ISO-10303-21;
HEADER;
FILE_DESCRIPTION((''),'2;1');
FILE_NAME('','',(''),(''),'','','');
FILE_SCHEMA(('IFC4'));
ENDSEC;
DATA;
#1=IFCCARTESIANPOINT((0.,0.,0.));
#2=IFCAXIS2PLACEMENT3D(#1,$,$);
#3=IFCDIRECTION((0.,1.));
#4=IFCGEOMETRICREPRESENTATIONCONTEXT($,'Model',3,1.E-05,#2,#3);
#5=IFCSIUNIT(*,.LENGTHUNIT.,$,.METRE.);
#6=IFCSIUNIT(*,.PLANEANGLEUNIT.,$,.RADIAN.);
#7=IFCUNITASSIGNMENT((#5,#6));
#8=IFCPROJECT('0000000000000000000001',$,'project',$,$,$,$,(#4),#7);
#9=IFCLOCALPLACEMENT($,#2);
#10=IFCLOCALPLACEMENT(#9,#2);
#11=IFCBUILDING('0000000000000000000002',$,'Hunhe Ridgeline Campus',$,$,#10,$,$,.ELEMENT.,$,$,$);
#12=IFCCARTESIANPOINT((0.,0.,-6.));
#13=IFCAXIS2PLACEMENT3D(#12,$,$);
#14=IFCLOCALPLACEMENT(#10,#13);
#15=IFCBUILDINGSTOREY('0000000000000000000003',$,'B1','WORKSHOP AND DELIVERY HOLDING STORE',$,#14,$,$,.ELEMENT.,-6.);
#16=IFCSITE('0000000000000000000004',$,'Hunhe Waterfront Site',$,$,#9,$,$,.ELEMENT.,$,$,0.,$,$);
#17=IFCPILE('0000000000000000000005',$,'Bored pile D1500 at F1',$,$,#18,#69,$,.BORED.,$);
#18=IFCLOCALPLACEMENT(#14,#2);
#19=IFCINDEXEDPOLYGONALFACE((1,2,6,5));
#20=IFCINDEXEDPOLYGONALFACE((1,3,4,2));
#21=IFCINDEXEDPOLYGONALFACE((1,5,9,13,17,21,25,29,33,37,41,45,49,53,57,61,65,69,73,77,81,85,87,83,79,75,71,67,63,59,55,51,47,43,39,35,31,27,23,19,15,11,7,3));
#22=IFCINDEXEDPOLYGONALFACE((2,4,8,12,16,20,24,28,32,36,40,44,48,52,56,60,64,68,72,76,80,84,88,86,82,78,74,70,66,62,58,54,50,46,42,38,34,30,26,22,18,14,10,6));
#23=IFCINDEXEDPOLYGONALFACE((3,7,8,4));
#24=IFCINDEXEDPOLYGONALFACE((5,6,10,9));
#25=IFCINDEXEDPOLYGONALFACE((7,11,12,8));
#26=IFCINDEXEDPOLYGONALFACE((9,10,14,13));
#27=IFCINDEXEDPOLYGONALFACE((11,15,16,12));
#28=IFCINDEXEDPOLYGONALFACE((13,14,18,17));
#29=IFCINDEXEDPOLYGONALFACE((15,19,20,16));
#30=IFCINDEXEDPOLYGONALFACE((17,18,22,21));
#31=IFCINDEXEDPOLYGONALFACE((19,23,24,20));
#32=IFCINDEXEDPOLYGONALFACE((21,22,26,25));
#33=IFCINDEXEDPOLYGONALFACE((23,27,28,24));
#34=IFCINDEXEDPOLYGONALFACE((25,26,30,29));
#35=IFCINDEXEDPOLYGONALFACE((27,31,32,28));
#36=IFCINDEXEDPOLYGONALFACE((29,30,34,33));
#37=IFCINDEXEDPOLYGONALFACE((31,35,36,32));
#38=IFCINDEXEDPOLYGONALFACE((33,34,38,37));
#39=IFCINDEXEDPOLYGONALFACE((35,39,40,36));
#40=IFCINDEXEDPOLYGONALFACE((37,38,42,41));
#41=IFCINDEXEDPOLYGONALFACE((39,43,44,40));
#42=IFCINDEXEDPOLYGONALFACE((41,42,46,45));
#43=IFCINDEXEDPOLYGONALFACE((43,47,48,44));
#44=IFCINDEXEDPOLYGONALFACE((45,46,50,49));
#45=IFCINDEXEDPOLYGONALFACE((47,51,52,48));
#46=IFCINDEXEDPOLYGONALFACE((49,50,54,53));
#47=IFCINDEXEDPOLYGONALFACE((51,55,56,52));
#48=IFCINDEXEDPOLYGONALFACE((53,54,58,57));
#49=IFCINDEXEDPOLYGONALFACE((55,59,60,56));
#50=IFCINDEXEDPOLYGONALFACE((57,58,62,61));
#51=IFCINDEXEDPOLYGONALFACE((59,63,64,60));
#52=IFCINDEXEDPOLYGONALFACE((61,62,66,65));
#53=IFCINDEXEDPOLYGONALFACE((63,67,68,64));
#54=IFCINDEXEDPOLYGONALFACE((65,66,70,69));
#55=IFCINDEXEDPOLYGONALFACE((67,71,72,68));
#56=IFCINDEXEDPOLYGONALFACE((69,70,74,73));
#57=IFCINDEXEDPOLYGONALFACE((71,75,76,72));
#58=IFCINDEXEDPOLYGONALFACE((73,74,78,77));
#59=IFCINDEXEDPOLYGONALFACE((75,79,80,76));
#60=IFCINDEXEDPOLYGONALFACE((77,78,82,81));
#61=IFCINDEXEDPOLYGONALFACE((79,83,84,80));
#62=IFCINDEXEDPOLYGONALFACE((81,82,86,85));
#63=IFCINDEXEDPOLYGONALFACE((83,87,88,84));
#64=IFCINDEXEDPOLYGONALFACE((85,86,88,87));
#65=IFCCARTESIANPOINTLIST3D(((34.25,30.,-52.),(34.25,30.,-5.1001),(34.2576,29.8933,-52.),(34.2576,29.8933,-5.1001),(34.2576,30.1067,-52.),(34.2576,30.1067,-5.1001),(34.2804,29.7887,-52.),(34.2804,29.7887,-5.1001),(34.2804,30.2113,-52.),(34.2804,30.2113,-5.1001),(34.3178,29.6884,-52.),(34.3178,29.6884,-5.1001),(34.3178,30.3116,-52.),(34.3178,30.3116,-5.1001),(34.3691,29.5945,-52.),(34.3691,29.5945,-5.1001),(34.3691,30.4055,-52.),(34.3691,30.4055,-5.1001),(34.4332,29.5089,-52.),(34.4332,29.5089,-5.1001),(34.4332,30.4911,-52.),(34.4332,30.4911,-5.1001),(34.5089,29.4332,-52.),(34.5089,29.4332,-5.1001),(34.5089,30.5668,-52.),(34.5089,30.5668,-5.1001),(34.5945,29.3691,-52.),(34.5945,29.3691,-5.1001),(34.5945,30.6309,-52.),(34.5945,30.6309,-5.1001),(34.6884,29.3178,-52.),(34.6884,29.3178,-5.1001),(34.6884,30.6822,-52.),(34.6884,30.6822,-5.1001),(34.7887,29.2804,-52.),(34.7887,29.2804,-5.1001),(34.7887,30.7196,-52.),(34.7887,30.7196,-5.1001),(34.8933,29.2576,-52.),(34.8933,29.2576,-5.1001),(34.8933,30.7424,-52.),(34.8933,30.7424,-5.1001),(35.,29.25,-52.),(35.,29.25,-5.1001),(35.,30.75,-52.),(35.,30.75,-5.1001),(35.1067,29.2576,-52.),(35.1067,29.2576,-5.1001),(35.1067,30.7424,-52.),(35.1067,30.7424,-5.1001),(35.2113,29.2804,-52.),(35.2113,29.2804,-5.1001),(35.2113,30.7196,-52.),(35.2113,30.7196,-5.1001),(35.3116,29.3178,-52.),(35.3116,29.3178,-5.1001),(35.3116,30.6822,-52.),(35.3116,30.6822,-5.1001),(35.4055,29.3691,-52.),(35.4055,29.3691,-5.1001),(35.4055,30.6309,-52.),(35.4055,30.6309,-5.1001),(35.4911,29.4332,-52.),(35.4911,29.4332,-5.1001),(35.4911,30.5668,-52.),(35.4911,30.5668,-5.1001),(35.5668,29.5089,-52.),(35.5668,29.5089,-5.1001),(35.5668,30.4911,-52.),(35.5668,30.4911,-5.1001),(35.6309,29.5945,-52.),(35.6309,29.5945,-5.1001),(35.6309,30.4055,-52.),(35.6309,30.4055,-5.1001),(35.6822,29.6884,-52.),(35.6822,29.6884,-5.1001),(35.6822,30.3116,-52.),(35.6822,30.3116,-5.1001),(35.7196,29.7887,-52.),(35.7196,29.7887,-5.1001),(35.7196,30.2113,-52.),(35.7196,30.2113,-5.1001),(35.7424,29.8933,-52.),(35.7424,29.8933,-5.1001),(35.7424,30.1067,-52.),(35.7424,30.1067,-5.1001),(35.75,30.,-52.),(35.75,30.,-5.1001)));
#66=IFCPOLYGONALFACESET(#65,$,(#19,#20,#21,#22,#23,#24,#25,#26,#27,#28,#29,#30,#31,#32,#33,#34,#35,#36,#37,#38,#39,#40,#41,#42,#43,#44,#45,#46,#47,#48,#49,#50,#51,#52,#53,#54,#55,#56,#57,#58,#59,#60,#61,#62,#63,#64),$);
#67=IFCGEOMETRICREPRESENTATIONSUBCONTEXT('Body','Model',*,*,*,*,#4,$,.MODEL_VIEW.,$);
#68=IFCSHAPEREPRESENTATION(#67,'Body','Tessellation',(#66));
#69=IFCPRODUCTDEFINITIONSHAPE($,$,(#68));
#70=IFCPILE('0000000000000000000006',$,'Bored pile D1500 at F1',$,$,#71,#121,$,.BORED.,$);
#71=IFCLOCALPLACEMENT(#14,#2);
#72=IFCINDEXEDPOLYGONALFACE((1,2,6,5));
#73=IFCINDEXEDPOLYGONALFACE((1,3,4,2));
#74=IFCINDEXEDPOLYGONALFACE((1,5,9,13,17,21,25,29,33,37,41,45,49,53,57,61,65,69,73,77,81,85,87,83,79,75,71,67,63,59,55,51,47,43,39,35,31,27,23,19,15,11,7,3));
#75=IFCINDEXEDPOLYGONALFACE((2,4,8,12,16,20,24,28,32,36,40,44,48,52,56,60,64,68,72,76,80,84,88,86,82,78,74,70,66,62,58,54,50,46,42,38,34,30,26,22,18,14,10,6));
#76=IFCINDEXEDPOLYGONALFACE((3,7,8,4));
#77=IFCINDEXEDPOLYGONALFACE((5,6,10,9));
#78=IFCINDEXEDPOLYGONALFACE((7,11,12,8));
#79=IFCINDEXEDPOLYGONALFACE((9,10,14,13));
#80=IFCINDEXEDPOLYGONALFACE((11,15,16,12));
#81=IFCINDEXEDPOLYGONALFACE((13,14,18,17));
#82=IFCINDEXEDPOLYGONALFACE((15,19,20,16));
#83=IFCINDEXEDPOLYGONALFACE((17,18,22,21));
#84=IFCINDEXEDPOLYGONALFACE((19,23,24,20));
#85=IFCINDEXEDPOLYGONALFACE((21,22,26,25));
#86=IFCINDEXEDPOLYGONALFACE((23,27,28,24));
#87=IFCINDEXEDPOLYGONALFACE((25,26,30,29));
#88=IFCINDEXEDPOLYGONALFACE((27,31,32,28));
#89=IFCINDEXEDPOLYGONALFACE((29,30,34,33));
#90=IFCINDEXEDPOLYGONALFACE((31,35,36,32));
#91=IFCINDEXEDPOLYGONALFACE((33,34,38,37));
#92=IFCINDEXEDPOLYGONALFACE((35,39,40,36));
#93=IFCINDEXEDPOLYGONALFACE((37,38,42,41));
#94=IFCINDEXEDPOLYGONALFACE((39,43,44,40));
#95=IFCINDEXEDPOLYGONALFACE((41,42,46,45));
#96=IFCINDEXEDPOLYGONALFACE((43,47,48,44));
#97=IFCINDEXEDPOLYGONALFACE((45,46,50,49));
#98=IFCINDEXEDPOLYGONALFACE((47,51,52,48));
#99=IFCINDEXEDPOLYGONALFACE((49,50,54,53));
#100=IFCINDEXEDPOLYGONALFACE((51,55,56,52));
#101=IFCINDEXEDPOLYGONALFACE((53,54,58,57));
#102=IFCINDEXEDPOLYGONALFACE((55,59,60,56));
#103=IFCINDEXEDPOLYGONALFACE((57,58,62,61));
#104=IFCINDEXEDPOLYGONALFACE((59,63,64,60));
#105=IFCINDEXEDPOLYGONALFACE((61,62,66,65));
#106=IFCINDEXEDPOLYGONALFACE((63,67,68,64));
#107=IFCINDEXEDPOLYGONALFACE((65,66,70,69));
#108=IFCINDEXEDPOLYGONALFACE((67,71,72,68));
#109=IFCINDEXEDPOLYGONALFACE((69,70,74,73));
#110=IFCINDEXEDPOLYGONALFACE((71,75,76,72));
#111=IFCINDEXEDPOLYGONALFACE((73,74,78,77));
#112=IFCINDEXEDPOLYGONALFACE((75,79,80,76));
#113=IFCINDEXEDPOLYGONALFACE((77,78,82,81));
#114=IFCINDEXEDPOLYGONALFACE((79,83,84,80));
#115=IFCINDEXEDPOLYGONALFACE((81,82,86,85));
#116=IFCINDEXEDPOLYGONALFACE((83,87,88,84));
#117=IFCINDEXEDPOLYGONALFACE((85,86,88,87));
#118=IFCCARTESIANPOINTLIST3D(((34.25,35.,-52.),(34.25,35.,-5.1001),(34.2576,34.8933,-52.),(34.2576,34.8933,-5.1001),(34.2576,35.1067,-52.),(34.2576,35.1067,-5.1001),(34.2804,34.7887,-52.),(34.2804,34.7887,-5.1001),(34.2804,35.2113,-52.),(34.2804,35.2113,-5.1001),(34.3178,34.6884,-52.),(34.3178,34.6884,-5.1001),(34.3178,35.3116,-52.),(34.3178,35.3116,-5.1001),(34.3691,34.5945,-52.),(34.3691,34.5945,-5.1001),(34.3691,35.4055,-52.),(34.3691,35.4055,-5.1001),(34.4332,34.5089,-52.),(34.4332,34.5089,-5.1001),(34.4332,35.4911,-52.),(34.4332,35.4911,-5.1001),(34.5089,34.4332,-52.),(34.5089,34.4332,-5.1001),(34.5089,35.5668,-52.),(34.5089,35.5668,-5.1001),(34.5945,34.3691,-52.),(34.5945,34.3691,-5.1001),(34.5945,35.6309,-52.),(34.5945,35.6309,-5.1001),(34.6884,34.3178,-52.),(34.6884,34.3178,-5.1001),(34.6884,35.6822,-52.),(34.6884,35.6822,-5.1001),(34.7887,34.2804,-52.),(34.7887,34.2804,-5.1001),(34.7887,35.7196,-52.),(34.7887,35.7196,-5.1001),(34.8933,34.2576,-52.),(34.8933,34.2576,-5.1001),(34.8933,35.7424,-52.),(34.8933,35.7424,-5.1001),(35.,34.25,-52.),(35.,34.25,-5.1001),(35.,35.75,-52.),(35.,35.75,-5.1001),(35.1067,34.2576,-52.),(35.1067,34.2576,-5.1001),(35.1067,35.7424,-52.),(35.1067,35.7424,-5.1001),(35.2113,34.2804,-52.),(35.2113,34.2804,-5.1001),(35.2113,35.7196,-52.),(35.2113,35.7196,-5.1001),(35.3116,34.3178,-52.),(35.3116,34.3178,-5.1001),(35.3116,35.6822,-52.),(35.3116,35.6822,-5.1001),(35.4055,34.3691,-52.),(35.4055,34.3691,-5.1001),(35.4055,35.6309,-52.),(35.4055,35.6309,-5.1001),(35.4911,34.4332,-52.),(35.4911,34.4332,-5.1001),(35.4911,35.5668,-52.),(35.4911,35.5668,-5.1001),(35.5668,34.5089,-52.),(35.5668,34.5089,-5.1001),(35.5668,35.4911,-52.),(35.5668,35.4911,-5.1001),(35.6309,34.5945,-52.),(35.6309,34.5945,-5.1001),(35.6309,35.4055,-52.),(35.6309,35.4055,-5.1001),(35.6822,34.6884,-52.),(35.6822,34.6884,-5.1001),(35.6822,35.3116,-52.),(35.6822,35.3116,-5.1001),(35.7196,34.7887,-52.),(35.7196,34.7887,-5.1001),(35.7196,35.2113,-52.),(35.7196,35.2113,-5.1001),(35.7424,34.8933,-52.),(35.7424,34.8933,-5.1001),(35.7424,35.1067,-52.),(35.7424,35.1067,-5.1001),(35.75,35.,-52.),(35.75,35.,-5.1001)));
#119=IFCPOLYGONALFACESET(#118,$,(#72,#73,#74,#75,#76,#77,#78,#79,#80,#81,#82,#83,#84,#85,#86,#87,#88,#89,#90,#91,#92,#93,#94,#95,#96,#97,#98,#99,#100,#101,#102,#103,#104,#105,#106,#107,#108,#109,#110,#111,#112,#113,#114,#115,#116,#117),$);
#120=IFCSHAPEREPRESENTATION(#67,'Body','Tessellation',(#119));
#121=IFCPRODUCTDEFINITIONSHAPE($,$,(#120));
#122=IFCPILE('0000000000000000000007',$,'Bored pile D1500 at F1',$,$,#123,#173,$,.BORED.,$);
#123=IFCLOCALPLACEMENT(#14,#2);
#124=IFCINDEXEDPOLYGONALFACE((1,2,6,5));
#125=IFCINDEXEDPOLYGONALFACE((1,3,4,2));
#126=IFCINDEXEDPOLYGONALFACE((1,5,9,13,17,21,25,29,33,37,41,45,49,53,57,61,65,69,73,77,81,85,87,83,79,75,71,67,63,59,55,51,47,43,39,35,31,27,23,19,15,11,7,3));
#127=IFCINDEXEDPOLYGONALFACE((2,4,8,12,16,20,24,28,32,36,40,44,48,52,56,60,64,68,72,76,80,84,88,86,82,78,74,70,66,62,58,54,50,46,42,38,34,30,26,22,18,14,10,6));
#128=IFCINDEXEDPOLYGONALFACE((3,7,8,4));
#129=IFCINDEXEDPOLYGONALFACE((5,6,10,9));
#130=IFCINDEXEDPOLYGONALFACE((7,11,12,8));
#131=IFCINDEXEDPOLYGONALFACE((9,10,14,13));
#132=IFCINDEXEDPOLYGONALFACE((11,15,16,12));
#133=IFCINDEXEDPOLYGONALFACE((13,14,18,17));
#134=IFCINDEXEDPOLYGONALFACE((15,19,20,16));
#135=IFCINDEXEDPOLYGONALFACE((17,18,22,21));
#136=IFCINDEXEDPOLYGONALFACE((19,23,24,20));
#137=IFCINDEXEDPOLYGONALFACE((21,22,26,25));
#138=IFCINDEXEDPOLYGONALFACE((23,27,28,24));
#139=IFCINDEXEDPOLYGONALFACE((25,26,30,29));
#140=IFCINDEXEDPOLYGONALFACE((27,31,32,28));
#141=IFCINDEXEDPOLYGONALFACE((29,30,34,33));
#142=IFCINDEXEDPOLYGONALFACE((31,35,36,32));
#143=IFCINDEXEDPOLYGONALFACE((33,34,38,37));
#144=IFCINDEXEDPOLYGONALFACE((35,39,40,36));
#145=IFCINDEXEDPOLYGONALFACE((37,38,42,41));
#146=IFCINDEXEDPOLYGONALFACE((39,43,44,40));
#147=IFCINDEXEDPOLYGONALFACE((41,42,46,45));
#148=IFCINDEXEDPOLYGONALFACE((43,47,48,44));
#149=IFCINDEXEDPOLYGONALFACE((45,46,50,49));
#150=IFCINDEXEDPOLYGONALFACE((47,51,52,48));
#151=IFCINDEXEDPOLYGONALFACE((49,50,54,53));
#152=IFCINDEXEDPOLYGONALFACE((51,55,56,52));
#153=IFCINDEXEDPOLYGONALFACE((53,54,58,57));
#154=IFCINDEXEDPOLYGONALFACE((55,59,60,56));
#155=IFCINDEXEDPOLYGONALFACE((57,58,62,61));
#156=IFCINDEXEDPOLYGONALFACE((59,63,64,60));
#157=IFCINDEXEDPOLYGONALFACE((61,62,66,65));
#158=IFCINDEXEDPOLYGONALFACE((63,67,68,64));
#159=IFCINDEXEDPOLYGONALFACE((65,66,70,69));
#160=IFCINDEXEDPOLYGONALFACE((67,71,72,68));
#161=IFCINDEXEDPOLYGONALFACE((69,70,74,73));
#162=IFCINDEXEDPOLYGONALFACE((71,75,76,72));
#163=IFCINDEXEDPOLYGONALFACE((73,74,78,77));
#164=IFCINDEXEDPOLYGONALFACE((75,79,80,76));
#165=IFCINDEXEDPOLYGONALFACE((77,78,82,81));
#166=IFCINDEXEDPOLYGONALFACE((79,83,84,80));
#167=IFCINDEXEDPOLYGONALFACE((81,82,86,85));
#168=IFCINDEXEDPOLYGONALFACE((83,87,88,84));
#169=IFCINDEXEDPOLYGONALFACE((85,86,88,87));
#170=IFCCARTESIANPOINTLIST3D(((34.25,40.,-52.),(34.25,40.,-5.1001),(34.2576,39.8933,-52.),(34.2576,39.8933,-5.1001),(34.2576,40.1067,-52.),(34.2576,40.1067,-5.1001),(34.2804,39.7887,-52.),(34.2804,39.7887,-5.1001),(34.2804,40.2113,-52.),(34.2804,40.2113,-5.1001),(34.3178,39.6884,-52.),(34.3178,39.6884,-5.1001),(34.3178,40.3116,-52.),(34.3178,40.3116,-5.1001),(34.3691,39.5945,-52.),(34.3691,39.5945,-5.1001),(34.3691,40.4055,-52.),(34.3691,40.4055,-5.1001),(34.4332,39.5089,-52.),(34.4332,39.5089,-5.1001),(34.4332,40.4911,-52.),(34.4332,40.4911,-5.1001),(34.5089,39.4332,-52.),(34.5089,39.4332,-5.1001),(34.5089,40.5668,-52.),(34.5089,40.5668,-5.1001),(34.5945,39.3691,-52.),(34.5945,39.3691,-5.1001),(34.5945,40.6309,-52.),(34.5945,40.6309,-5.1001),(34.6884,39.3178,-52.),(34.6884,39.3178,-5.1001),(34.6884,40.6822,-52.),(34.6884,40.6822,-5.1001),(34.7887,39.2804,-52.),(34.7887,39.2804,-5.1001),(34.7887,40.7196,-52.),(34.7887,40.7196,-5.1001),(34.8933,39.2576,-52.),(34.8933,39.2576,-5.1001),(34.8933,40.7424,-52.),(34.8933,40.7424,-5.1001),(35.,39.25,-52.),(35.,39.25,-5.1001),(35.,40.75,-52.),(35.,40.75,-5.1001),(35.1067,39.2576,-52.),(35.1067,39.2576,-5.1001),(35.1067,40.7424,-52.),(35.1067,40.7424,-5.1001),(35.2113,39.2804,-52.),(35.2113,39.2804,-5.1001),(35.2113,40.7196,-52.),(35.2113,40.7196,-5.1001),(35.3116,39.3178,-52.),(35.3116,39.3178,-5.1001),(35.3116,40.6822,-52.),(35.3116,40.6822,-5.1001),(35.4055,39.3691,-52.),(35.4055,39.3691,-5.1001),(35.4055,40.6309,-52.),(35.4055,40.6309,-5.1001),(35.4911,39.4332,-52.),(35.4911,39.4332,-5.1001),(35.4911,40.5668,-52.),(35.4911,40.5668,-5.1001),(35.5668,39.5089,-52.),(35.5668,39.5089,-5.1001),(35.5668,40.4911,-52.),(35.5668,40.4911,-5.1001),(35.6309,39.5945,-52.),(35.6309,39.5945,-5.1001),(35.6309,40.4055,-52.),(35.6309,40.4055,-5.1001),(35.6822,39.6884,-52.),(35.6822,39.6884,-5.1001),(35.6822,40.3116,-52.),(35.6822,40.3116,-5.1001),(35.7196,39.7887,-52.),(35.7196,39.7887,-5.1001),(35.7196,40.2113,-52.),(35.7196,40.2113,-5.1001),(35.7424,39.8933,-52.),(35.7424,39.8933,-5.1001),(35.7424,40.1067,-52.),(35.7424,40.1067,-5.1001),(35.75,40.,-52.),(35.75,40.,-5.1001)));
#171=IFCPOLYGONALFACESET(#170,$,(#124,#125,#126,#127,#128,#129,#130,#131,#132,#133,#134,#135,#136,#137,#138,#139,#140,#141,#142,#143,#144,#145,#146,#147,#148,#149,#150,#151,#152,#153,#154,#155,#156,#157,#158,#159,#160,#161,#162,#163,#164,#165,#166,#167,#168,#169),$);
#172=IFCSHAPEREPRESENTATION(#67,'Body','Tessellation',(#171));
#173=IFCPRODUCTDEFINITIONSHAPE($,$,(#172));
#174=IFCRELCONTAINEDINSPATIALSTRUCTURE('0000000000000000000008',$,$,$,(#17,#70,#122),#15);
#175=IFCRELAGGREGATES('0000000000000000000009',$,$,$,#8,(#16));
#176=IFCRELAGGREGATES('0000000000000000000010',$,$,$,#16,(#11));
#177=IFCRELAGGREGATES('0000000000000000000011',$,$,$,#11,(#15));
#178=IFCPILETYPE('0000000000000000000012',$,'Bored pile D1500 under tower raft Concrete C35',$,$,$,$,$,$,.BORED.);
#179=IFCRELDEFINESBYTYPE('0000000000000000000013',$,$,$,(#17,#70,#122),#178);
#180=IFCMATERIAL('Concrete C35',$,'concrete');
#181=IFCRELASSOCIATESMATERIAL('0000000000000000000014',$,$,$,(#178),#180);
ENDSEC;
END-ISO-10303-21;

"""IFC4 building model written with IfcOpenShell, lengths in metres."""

from ifc_helpers import new_model, si_unit, direction, frame, origin, origin_2d, place, context, subcontext, project, spatial, circle, extrude, material, material_profile, profile_set, type_object, element, save


model = new_model("IFC4")

# Units and contexts
model_context = context("Model", 3, precision=1e-05, world=origin(), true_north=direction((0.0, 1.0)))
body_context = subcontext(model_context, "Body", "Model", "MODEL_VIEW")
ifc_project = project(units=[si_unit("LENGTHUNIT", "METRE"), si_unit("PLANEANGLEUNIT", "RADIAN")], contexts=[model_context])

# Site, building, storey
site_placement = place(None, origin())
site = spatial("IfcSite", under=ifc_project, at=site_placement, Name="Hunhe Waterfront Site", CompositionType="ELEMENT", RefElevation=0.0)
building_placement = place(site_placement, origin())
building = spatial("IfcBuilding", under=site, at=building_placement, Name="Hunhe Ridgeline Campus", CompositionType="ELEMENT")
storey_placement = place(building_placement, frame((0.0, 0.0, -6.0)))
storey = spatial("IfcBuildingStorey", under=building, at=storey_placement, Name="B1", Description="WORKSHOP AND DELIVERY HOLDING STORE", CompositionType="ELEMENT", Elevation=-6.0)

# Piles
ifc_material_1 = material(Name="Concrete C35", Category="concrete")
ifc_material_profile_1 = material_profile(ifc_material_1, circle(Radius=0.75, at=origin_2d()))
ifc_profile_set_1 = profile_set([ifc_material_profile_1], Name="Concrete C35")
pile_type = type_object("IfcPileType", Name="Bored pile D1500 under tower raft Concrete C35", PredefinedType="BORED", material=ifc_profile_set_1)
for number, where, z_axis, x_axis, name in (
    (1, (35.0, 30.0, -5.1001), (0.0, 0.0, -1.0), (1.0, 0.0, 0.0), "Bored pile D1500 at F1"),
    (2, (35.0, 35.0, -5.1001), (0.0, 0.0, -1.0), (1.0, 0.0, 0.0), "Bored pile D1500 at F1"),
    (3, (35.0, 40.0, -5.1001), (0.0, 0.0, -1.0), (1.0, 0.0, 0.0), "Bored pile D1500 at F1"),
):
    element("IfcPile", number, at=place(storey_placement, frame(where, z_axis=z_axis, x_axis=x_axis)), inside=storey, type_object=pile_type, Name=name, PredefinedType="BORED", context=body_context, shape_type="SweptSolid", body=[
        extrude(circle(Radius=0.75, at=origin_2d()), origin(), (0.0, 0.0, 1.0), 46.8999),
    ])

save(model, "model.ifc")
